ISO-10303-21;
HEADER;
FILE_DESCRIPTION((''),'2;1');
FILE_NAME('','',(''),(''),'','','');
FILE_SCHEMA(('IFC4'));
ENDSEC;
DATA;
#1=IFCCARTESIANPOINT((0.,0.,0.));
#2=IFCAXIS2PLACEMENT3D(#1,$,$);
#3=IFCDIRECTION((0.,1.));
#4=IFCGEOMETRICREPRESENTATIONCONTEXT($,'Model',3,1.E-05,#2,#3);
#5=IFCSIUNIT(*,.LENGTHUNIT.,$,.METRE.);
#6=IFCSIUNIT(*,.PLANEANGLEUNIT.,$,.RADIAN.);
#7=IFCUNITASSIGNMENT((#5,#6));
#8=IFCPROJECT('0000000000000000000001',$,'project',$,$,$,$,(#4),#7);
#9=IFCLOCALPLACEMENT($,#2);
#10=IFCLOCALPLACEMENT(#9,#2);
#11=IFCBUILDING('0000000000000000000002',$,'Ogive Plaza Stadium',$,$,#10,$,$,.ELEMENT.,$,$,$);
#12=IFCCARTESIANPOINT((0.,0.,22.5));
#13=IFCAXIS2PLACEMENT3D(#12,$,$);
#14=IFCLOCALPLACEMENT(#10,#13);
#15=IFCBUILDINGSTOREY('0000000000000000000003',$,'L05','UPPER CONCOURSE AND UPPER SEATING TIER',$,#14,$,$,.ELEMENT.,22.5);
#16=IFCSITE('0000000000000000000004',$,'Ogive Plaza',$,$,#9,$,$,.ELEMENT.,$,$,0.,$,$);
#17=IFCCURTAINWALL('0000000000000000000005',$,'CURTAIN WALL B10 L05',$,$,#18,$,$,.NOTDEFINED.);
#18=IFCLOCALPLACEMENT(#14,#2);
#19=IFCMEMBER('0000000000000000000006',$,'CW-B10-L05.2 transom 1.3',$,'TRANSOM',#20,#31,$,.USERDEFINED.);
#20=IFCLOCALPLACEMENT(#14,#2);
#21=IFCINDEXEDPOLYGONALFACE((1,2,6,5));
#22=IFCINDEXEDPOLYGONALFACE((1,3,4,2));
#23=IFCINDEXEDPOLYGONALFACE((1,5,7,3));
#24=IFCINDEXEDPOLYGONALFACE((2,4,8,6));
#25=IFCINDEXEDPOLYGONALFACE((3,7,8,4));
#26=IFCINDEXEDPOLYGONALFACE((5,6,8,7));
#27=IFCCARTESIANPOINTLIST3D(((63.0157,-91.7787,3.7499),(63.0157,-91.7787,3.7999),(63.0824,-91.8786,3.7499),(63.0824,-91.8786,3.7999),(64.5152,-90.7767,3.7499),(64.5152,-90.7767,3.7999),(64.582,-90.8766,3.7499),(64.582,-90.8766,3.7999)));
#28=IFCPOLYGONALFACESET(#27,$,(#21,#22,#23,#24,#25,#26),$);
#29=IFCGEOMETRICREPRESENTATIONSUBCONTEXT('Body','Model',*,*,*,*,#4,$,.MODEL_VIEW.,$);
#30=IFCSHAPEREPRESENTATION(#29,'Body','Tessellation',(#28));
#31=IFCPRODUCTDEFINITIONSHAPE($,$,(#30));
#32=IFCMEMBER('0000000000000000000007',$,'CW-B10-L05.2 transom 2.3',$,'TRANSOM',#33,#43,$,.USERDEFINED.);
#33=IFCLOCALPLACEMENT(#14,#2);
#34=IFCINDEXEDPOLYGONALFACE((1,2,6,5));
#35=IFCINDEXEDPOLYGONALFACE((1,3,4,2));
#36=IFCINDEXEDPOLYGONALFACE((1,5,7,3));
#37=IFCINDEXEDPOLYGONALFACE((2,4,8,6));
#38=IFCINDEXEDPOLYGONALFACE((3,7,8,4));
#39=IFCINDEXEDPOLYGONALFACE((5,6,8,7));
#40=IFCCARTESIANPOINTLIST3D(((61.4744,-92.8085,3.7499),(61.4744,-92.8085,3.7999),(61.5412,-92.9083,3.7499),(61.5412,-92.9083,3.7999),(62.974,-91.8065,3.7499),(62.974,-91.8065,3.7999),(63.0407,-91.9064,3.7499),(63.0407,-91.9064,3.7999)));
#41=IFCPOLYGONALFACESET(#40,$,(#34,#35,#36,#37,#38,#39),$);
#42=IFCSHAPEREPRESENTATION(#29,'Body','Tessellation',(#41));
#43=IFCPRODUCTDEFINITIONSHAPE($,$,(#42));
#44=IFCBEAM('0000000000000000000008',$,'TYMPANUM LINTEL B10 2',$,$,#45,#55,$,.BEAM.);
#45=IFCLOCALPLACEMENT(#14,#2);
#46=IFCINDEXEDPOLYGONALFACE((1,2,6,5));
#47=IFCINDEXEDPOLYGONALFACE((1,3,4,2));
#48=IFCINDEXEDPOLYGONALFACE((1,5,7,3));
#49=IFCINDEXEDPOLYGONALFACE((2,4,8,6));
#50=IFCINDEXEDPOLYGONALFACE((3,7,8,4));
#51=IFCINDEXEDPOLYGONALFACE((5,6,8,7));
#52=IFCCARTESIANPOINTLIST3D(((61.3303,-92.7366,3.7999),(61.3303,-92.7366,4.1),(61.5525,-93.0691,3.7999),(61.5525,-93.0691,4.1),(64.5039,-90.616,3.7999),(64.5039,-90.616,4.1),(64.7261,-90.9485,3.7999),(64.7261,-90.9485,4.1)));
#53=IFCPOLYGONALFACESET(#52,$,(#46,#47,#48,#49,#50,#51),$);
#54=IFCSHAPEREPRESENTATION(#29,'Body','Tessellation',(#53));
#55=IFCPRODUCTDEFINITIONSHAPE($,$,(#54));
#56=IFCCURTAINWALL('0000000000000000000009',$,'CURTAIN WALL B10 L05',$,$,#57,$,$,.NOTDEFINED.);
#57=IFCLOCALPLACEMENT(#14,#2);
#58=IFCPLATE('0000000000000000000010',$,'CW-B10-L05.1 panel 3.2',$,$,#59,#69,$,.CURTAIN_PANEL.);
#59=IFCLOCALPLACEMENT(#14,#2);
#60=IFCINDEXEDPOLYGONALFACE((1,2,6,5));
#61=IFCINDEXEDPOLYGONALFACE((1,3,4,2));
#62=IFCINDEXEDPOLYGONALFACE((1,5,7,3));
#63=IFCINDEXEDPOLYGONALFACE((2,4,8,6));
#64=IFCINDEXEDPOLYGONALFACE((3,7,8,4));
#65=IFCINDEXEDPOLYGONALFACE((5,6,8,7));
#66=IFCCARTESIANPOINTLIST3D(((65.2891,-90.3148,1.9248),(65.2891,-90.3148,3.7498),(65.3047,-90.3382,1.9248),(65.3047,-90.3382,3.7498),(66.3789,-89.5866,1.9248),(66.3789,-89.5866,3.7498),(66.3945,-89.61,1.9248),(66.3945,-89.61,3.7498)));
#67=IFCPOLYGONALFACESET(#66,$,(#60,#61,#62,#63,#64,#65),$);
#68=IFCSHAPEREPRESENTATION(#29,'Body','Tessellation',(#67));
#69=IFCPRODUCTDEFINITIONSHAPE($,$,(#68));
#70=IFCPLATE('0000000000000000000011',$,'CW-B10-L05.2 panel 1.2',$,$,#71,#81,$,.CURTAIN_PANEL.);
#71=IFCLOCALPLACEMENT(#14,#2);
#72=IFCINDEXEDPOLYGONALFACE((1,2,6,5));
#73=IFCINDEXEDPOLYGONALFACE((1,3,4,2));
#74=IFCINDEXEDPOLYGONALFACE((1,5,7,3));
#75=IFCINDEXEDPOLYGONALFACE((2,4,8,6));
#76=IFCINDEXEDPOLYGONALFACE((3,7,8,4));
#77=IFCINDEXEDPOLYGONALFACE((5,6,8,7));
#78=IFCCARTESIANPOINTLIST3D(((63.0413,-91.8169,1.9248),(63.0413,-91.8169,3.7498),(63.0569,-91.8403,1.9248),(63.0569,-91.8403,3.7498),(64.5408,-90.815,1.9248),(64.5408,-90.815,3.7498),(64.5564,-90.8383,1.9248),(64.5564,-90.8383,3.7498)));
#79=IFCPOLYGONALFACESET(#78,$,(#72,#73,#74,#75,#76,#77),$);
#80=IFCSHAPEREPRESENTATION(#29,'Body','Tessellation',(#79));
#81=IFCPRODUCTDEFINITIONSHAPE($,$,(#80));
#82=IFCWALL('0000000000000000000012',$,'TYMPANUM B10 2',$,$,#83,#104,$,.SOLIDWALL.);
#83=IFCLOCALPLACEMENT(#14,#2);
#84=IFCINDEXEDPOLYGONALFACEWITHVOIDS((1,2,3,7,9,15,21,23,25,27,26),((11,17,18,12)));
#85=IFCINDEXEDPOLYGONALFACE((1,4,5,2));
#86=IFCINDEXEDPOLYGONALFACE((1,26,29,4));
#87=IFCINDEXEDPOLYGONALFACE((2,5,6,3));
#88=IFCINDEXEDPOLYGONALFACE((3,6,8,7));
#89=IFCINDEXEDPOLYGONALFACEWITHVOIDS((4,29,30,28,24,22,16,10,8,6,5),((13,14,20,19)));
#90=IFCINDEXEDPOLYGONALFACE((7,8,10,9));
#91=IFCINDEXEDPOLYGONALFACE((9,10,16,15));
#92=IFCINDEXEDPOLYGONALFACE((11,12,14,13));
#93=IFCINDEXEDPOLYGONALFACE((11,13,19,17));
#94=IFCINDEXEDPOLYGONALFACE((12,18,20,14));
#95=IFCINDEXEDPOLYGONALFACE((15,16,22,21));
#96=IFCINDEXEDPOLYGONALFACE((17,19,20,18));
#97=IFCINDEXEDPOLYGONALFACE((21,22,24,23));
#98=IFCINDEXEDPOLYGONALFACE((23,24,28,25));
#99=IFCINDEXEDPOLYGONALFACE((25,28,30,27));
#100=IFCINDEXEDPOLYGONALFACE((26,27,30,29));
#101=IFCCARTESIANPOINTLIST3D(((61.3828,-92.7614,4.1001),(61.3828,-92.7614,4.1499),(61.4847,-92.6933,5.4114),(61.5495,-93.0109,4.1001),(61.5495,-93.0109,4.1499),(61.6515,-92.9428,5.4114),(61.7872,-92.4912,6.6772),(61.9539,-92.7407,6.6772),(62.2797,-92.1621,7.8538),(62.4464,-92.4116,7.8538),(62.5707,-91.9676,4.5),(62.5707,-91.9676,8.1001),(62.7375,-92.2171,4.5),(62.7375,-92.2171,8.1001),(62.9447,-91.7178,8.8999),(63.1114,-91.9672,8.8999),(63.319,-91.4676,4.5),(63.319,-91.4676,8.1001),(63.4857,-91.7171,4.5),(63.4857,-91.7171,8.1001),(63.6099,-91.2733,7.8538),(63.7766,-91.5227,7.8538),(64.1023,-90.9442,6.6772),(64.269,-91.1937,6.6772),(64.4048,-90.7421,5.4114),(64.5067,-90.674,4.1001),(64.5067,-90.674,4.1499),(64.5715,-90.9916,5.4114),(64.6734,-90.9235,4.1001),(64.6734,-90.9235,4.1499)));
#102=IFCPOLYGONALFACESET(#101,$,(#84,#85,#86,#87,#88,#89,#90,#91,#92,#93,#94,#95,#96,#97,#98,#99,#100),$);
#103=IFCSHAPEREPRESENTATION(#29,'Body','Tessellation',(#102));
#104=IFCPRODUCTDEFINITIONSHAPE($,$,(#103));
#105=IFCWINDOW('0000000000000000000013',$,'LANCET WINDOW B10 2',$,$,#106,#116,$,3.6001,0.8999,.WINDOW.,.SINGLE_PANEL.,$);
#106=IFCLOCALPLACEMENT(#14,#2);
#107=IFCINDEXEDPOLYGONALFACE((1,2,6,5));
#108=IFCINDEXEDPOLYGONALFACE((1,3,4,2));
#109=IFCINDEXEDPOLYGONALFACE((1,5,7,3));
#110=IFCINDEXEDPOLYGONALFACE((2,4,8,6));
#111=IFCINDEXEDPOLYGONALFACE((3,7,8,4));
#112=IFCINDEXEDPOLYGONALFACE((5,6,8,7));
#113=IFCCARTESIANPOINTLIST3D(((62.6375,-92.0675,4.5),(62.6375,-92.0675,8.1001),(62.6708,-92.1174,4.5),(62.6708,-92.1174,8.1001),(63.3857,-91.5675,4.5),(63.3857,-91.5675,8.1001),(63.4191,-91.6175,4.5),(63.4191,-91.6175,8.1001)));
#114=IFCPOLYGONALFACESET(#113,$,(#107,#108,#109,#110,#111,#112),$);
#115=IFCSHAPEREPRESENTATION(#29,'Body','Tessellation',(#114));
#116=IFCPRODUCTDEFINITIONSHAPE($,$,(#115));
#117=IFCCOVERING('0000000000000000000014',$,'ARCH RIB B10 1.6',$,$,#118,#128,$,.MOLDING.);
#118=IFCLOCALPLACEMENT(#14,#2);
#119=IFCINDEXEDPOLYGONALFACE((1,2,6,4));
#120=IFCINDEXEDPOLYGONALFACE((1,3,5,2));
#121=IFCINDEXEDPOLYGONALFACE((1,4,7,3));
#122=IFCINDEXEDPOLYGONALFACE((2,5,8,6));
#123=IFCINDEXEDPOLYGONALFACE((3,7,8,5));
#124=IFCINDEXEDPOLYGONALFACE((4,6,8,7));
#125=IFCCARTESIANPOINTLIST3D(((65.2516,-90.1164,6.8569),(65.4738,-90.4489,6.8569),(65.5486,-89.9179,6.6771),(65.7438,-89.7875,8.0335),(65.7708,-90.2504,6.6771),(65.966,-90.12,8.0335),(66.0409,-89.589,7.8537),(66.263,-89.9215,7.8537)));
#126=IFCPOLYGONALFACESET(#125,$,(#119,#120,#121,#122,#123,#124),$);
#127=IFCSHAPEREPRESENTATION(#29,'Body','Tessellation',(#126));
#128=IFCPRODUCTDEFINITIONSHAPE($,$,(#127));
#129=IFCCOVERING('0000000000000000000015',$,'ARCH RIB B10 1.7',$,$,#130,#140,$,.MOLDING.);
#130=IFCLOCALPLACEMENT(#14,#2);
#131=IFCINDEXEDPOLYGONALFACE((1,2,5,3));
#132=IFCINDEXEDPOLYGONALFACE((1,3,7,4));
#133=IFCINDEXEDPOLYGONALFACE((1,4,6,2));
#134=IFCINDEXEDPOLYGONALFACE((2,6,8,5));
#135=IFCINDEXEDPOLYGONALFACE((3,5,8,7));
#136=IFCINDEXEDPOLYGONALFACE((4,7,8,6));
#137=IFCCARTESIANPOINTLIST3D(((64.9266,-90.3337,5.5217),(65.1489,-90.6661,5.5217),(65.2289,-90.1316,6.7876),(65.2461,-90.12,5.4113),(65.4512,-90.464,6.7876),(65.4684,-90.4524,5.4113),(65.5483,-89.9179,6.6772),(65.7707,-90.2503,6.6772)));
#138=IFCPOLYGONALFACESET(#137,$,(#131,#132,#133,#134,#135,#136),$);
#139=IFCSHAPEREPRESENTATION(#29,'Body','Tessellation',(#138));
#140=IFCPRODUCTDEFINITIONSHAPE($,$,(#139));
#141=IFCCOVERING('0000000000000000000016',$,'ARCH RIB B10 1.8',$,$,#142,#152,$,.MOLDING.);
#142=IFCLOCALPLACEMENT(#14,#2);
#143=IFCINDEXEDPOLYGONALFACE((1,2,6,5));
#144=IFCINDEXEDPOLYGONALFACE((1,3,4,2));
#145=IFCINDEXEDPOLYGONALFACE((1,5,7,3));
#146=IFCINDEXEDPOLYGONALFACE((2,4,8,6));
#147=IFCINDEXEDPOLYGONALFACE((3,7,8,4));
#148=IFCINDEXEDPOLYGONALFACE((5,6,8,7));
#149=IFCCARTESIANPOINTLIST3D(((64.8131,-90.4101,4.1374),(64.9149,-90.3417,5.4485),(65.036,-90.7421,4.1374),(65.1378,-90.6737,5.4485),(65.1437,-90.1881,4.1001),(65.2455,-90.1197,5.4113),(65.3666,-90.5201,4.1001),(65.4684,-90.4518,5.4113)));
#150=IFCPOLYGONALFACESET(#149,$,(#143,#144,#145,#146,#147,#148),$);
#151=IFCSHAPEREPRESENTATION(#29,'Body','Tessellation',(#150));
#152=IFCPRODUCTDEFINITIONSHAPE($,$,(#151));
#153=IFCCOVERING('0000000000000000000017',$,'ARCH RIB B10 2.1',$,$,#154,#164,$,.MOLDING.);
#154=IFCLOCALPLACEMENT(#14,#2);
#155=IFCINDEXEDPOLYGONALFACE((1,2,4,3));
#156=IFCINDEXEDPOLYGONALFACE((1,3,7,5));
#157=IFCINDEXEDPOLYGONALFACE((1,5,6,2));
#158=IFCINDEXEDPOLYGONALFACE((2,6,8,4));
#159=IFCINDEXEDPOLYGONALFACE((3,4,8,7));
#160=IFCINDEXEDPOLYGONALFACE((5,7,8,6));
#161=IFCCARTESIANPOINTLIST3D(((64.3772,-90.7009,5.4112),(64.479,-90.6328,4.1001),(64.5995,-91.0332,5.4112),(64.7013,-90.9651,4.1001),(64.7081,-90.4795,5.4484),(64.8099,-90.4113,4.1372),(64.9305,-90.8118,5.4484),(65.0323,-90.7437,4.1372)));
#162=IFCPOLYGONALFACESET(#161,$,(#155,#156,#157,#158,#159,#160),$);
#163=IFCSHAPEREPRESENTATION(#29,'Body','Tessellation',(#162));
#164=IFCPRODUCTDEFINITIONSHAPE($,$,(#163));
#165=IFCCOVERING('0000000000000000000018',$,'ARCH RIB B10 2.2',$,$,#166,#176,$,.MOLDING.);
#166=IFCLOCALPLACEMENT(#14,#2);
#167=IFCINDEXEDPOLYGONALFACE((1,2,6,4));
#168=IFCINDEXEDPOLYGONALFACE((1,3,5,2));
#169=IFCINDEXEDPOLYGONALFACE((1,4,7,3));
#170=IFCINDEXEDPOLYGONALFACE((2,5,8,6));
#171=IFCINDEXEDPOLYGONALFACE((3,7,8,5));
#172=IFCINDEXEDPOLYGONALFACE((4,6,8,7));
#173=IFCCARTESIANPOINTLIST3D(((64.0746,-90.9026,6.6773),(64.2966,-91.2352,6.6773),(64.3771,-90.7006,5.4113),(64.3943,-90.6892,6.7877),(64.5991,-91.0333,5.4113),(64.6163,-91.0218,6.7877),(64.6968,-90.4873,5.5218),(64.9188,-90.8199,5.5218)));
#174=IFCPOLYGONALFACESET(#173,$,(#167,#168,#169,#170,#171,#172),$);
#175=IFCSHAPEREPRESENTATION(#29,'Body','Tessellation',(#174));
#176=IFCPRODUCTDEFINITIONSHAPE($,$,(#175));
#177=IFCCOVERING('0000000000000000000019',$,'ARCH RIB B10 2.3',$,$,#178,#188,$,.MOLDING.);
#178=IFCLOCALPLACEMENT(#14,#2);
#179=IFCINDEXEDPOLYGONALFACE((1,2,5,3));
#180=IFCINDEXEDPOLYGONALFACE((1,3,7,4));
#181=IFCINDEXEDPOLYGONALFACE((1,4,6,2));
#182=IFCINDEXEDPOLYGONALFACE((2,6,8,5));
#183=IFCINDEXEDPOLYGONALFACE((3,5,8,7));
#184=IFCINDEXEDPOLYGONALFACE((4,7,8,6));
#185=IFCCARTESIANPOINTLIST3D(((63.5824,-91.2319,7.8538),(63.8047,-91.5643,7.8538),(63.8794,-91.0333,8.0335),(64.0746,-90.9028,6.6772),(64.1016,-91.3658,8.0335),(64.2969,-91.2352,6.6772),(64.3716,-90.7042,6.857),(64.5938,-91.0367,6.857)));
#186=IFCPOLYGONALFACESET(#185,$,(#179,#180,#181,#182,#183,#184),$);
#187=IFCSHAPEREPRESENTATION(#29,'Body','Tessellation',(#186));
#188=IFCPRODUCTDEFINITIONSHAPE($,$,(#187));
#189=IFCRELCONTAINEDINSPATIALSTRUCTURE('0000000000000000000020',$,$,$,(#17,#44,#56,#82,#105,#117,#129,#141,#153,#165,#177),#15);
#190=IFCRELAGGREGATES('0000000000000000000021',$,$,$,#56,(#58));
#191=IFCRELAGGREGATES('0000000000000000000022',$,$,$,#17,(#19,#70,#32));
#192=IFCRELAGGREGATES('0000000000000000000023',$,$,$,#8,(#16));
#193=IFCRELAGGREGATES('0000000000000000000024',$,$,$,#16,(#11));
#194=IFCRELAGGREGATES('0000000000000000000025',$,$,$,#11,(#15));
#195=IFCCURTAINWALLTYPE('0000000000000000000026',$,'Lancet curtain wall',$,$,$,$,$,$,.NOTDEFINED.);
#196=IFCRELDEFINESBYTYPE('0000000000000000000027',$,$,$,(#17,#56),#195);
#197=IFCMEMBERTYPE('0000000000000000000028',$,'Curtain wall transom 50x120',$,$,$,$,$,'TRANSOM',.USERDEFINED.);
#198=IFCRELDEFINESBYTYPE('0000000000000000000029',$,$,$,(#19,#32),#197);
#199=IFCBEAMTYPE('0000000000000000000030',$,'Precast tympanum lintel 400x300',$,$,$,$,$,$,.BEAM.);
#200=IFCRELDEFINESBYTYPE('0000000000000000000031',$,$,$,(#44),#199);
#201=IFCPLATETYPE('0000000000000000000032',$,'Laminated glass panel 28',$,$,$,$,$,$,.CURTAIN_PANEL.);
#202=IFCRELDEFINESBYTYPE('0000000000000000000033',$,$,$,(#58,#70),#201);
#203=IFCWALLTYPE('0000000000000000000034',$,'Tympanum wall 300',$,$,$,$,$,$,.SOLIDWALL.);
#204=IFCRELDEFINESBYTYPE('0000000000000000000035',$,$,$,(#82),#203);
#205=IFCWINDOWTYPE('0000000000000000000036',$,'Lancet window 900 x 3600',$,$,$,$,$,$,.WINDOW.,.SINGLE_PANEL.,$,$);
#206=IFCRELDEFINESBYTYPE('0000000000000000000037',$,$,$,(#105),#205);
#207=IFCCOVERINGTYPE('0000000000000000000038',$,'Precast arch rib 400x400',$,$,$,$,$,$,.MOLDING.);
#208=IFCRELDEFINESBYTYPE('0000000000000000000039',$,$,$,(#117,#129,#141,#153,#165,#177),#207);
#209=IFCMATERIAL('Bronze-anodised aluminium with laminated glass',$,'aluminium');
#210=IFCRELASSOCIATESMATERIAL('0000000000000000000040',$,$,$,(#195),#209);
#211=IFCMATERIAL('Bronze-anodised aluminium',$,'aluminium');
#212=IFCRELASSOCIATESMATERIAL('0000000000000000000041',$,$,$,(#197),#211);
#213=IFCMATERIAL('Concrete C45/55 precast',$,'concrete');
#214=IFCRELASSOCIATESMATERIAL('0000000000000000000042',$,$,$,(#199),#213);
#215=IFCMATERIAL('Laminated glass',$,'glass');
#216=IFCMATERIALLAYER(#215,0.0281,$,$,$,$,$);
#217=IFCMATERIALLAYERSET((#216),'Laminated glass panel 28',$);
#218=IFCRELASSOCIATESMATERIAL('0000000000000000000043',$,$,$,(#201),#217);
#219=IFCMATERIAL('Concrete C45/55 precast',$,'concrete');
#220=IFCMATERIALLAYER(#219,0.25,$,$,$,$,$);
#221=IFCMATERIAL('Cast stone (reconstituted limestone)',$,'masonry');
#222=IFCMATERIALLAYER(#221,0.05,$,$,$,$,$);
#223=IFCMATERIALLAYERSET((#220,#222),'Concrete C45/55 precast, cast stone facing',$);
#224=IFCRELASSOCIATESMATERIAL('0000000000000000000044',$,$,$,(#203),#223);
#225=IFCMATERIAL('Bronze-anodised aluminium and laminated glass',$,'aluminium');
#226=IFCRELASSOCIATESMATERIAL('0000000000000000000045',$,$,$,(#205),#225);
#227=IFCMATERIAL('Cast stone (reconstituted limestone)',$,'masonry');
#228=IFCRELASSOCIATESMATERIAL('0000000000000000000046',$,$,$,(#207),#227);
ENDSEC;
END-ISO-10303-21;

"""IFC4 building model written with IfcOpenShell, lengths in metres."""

from ifc_helpers import new_model, si_unit, direction, frame, frame_2d, origin, origin_2d, place, context, subcontext, project, spatial, polyline, rectangle, outline, extrude, material, layer, layer_set, material_profile, profile_set, type_object, element, fill, aggregate, save


model = new_model("IFC4")

# Units and contexts
model_context = context("Model", 3, precision=1e-05, world=origin(), true_north=direction((0.0, 1.0)))
body_context = subcontext(model_context, "Body", "Model", "MODEL_VIEW")
ifc_project = project(units=[si_unit("LENGTHUNIT", "METRE"), si_unit("PLANEANGLEUNIT", "RADIAN")], contexts=[model_context])

# Site, building, storey
site_placement = place(None, origin())
site = spatial("IfcSite", under=ifc_project, at=site_placement, Name="Ogive Plaza", CompositionType="ELEMENT", RefElevation=0.0)
building_placement = place(site_placement, origin())
building = spatial("IfcBuilding", under=site, at=building_placement, Name="Ogive Plaza Stadium", CompositionType="ELEMENT")
storey_placement = place(building_placement, frame((0.0, 0.0, 22.5)))
storey = spatial("IfcBuildingStorey", under=building, at=storey_placement, Name="L05", Description="UPPER CONCOURSE AND UPPER SEATING TIER", CompositionType="ELEMENT", Elevation=22.5)

# Curtain wall, members
ifc_material_1 = material(Name="Bronze-anodised aluminium with laminated glass", Category="aluminium")
curtain_wall_type = type_object("IfcCurtainWallType", Name="Lancet curtain wall", PredefinedType="NOTDEFINED", material=ifc_material_1)
curtain_wall_1_placement = place(storey_placement, origin())
curtain_wall_1 = element("IfcCurtainWall", 1, at=curtain_wall_1_placement, inside=storey, type_object=curtain_wall_type, Name="CURTAIN WALL B10 L05", PredefinedType="NOTDEFINED")
ifc_material_2 = material(Name="Bronze-anodised aluminium", Category="aluminium")
ifc_material_profile_1 = material_profile(ifc_material_2, rectangle(XDim=0.1201, YDim=0.05, at=origin_2d()), Name="AL 120x50")
ifc_profile_set_1 = profile_set([ifc_material_profile_1], Name="Bronze-anodised aluminium")
member_type = type_object("IfcMemberType", Name="Curtain wall transom 50x120", ElementType="TRANSOM", PredefinedType="USERDEFINED", material=ifc_profile_set_1)
member_1_placement = place(storey_placement, frame((64.5486, -90.8267, 3.7749), z_axis=(-0.831467, -0.555575, 0.0), x_axis=(0.555575, -0.831467, 0.0)))
member_1 = element("IfcMember", 2, at=member_1_placement, type_object=member_type, Name="CW-B10-L05.2 transom 1.3", ObjectType="TRANSOM", PredefinedType="USERDEFINED", context=body_context, shape_type="SweptSolid", body=[
    extrude(rectangle(XDim=0.1201, YDim=0.05, at=origin_2d()), origin(), (0.0, 0.0, 1.0), 1.8035),
])
member_2_placement = place(storey_placement, frame((63.0073, -91.8564, 3.7749), z_axis=(-0.831467, -0.555575, 0.0), x_axis=(0.555575, -0.831467, 0.0)))
member_2 = element("IfcMember", 3, at=member_2_placement, type_object=member_type, Name="CW-B10-L05.2 transom 2.3", ObjectType="TRANSOM", PredefinedType="USERDEFINED", context=body_context, shape_type="SweptSolid", body=[
    extrude(rectangle(XDim=0.1201, YDim=0.05, at=origin_2d()), origin(), (0.0, 0.0, 1.0), 1.8035),
])

# Beam
ifc_material_3 = material(Name="Concrete C45/55 precast", Category="concrete")
ifc_material_profile_2 = material_profile(ifc_material_3, rectangle(XDim=0.3999, YDim=0.3, at=origin_2d()), Name="RC 400x300")
ifc_profile_set_2 = profile_set([ifc_material_profile_2], Name="Concrete C45/55 precast")
beam_type = type_object("IfcBeamType", Name="Precast tympanum lintel 400x300", PredefinedType="BEAM", material=ifc_profile_set_2)
beam_placement = place(storey_placement, frame((64.615, -90.7822, 3.95), z_axis=(-0.831459, -0.555586, 0.0), x_axis=(0.555586, -0.831459, 0.0)))
element("IfcBeam", 4, at=beam_placement, inside=storey, type_object=beam_type, Name="TYMPANUM LINTEL B10 2", PredefinedType="BEAM", context=body_context, shape_type="SweptSolid", body=[
    extrude(rectangle(XDim=0.3999, YDim=0.3, at=origin_2d()), origin(), (0.0, 0.0, 1.0), 3.8169),
])

# Curtain wall, plate
curtain_wall_2_placement = place(storey_placement, origin())
curtain_wall_2 = element("IfcCurtainWall", 5, at=curtain_wall_2_placement, inside=storey, type_object=curtain_wall_type, Name="CURTAIN WALL B10 L05", PredefinedType="NOTDEFINED")
ifc_material_4 = material(Name="Laminated glass", Category="glass")
ifc_layer_1 = layer(ifc_material_4, 0.0281)
ifc_layer_set_1 = layer_set([ifc_layer_1], Name="Laminated glass panel 28")
plate_type = type_object("IfcPlateType", Name="Laminated glass panel 28", PredefinedType="CURTAIN_PANEL", material=ifc_layer_set_1)
plate_1_placement = place(storey_placement, frame((65.8418, -89.9624, 1.9248), z_axis=(0.0, 0.0, 1.0), x_axis=(-0.83147, -0.55557, 0.0)))
plate_1 = element("IfcPlate", 6, at=plate_1_placement, type_object=plate_type, Name="CW-B10-L05.1 panel 3.2", PredefinedType="CURTAIN_PANEL", context=body_context, shape_type="SweptSolid", body=[
    extrude(rectangle(XDim=1.3108, YDim=0.0281, at=origin_2d()), origin(), (0.0, 0.0, 1.0), 1.825),
])
aggregate(curtain_wall_2, [plate_1])

# Plate
plate_2_placement = place(storey_placement, frame((63.7988, -91.3276, 1.9248), z_axis=(0.0, 0.0, 1.0), x_axis=(-0.83147, -0.55557, 0.0)))
plate_2 = element("IfcPlate", 7, at=plate_2_placement, type_object=plate_type, Name="CW-B10-L05.2 panel 1.2", PredefinedType="CURTAIN_PANEL", context=body_context, shape_type="SweptSolid", body=[
    extrude(rectangle(XDim=1.8035, YDim=0.0281, at=origin_2d()), origin(), (0.0, 0.0, 1.0), 1.825),
])
aggregate(curtain_wall_1, [member_1, plate_2, member_2])

# Wall, opening, window
ifc_material_5 = material(Name="Concrete C45/55 precast", Category="concrete")
ifc_layer_2 = layer(ifc_material_5, 0.25)
ifc_material_6 = material(Name="Cast stone (reconstituted limestone)", Category="masonry")
ifc_layer_3 = layer(ifc_material_6, 0.05)
ifc_layer_set_2 = layer_set([ifc_layer_2, ifc_layer_3], Name="Concrete C45/55 precast, cast stone facing")
wall_type = type_object("IfcWallType", Name="Tympanum wall 300", PredefinedType="SOLIDWALL", material=ifc_layer_set_2)
wall_placement = place(storey_placement, frame((64.5901, -90.7988, 4.1001), z_axis=(0.0, 0.0, 1.0), x_axis=(-0.83145, -0.5556, 0.0)))
wall = element("IfcWall", 8, at=wall_placement, inside=storey, type_object=wall_type, Name="TYMPANUM B10 2", PredefinedType="SOLIDWALL", context=body_context, shape_type="SweptSolid", body=[
    extrude(outline(polyline([(0.0, 0.0), (3.7571, 0.0), (3.7571, 0.0498), (3.6345, 1.3113), (3.2708, 2.5771), (2.6785, 3.7537), (1.8787, 4.7998), (1.0786, 3.7537), (0.4863, 2.5771), (0.1226, 1.3113), (0.0, 0.0498), (0.0, 0.0)])), frame((0.0, 0.1499, 0.0), z_axis=(0.0, -1.0, 0.0), x_axis=(1.0, 0.0, 0.0)), (0.0, 0.0, 1.0), 0.3),
])
opening_placement = place(wall_placement, frame((1.4285, 0.0, 0.3999)))
opening = element("IfcOpeningElement", 9, at=opening_placement, cuts=wall, PredefinedType="OPENING", context=body_context, shape_type="SweptSolid", body=[
    extrude(rectangle(XDim=0.8999, YDim=3.6001, at=frame_2d((0.45, 1.8))), frame((0.0, 0.1602, 0.0), z_axis=(0.0, -1.0, 0.0), x_axis=(1.0, 0.0, 0.0)), (0.0, 0.0, 1.0), 0.3201),
])
ifc_material_7 = material(Name="Bronze-anodised aluminium and laminated glass", Category="aluminium")
window_type = type_object("IfcWindowType", Name="Lancet window 900 x 3600", PartitioningType="SINGLE_PANEL", PredefinedType="WINDOW", material=ifc_material_7)
window_placement = place(opening_placement, origin())
window = element("IfcWindow", 10, at=window_placement, inside=storey, type_object=window_type, Name="LANCET WINDOW B10 2", OverallHeight=3.6001, OverallWidth=0.8999, PartitioningType="SINGLE_PANEL", PredefinedType="WINDOW", context=body_context, shape_type="SweptSolid", body=[
    extrude(rectangle(XDim=0.8999, YDim=3.6001, at=frame_2d((0.45, 1.8))), frame((0.0, 0.03, 0.0), z_axis=(0.0, -1.0, 0.0), x_axis=(1.0, 0.0, 0.0)), (0.0, 0.0, 1.0), 0.0601),
])
fill(opening, window)

# Coverings
ifc_material_8 = material(Name="Cast stone (reconstituted limestone)", Category="masonry")
ifc_material_profile_3 = material_profile(ifc_material_8, rectangle(XDim=0.3999, YDim=0.3999, at=origin_2d()), Name="Cast stone 400x400")
ifc_profile_set_3 = profile_set([ifc_material_profile_3], Name="Cast stone (reconstituted limestone)")
covering_type_1 = type_object("IfcCoveringType", Name="Precast arch rib 400x400", PredefinedType="MOLDING", material=ifc_profile_set_3)
for number, where, z_axis, x_axis, name in (
    (11, (66.0034, -89.8545, 7.9436), (-0.373709, -0.249695, -0.893305), (0.555557, -0.831479, 0.0), "ARCH RIB B10 1.6"),
    (12, (65.4998, -90.1909, 6.7324), (-0.229486, -0.153485, -0.961134), (0.555939, -0.831223, 0.0), "ARCH RIB B10 1.7"),
):
    element("IfcCovering", number, at=place(storey_placement, frame(where, z_axis=z_axis, x_axis=x_axis)), inside=storey, type_object=covering_type_1, Name=name, PredefinedType="MOLDING", context=body_context, shape_type="SweptSolid", body=[
        extrude(rectangle(XDim=0.3999, YDim=0.3999, at=origin_2d()), origin(), (0.0, 0.0, 1.0), 1.3171),
    ])
for number, where, z_axis, x_axis, name in (
    (13, (65.1917, -90.3967, 5.4299), (-0.077302, -0.051905, -0.995656), (0.557454, -0.830208, 0.0), "ARCH RIB B10 1.8"),
    (14, (64.7556, -90.6882, 4.1187), (-0.077303, -0.05172, 0.995665), (0.556079, -0.831129, 0.0), "ARCH RIB B10 2.1"),
):
    element("IfcCovering", number, at=place(storey_placement, frame(where, z_axis=z_axis, x_axis=x_axis)), inside=storey, type_object=covering_type_1, Name=name, PredefinedType="MOLDING", context=body_context, shape_type="SweptSolid", body=[
        extrude(rectangle(XDim=0.3999, YDim=0.3999, at=origin_2d()), origin(), (0.0, 0.0, 1.0), 1.3169),
    ])
for number, where, z_axis, x_axis, name in (
    (15, (64.6479, -90.7603, 5.4666), (-0.229668, -0.153297, 0.96112), (0.555165, -0.83174, 0.0), "ARCH RIB B10 2.2"),
    (16, (64.3342, -90.9697, 6.7671), (-0.373692, -0.249869, 0.893264), (0.555842, -0.831288, 0.0), "ARCH RIB B10 2.3"),
):
    element("IfcCovering", number, at=place(storey_placement, frame(where, z_axis=z_axis, x_axis=x_axis)), inside=storey, type_object=covering_type_1, Name=name, PredefinedType="MOLDING", context=body_context, shape_type="SweptSolid", body=[
        extrude(rectangle(XDim=0.3999, YDim=0.3999, at=origin_2d()), origin(), (0.0, 0.0, 1.0), 1.3171),
    ])

save(model, "model.ifc")
